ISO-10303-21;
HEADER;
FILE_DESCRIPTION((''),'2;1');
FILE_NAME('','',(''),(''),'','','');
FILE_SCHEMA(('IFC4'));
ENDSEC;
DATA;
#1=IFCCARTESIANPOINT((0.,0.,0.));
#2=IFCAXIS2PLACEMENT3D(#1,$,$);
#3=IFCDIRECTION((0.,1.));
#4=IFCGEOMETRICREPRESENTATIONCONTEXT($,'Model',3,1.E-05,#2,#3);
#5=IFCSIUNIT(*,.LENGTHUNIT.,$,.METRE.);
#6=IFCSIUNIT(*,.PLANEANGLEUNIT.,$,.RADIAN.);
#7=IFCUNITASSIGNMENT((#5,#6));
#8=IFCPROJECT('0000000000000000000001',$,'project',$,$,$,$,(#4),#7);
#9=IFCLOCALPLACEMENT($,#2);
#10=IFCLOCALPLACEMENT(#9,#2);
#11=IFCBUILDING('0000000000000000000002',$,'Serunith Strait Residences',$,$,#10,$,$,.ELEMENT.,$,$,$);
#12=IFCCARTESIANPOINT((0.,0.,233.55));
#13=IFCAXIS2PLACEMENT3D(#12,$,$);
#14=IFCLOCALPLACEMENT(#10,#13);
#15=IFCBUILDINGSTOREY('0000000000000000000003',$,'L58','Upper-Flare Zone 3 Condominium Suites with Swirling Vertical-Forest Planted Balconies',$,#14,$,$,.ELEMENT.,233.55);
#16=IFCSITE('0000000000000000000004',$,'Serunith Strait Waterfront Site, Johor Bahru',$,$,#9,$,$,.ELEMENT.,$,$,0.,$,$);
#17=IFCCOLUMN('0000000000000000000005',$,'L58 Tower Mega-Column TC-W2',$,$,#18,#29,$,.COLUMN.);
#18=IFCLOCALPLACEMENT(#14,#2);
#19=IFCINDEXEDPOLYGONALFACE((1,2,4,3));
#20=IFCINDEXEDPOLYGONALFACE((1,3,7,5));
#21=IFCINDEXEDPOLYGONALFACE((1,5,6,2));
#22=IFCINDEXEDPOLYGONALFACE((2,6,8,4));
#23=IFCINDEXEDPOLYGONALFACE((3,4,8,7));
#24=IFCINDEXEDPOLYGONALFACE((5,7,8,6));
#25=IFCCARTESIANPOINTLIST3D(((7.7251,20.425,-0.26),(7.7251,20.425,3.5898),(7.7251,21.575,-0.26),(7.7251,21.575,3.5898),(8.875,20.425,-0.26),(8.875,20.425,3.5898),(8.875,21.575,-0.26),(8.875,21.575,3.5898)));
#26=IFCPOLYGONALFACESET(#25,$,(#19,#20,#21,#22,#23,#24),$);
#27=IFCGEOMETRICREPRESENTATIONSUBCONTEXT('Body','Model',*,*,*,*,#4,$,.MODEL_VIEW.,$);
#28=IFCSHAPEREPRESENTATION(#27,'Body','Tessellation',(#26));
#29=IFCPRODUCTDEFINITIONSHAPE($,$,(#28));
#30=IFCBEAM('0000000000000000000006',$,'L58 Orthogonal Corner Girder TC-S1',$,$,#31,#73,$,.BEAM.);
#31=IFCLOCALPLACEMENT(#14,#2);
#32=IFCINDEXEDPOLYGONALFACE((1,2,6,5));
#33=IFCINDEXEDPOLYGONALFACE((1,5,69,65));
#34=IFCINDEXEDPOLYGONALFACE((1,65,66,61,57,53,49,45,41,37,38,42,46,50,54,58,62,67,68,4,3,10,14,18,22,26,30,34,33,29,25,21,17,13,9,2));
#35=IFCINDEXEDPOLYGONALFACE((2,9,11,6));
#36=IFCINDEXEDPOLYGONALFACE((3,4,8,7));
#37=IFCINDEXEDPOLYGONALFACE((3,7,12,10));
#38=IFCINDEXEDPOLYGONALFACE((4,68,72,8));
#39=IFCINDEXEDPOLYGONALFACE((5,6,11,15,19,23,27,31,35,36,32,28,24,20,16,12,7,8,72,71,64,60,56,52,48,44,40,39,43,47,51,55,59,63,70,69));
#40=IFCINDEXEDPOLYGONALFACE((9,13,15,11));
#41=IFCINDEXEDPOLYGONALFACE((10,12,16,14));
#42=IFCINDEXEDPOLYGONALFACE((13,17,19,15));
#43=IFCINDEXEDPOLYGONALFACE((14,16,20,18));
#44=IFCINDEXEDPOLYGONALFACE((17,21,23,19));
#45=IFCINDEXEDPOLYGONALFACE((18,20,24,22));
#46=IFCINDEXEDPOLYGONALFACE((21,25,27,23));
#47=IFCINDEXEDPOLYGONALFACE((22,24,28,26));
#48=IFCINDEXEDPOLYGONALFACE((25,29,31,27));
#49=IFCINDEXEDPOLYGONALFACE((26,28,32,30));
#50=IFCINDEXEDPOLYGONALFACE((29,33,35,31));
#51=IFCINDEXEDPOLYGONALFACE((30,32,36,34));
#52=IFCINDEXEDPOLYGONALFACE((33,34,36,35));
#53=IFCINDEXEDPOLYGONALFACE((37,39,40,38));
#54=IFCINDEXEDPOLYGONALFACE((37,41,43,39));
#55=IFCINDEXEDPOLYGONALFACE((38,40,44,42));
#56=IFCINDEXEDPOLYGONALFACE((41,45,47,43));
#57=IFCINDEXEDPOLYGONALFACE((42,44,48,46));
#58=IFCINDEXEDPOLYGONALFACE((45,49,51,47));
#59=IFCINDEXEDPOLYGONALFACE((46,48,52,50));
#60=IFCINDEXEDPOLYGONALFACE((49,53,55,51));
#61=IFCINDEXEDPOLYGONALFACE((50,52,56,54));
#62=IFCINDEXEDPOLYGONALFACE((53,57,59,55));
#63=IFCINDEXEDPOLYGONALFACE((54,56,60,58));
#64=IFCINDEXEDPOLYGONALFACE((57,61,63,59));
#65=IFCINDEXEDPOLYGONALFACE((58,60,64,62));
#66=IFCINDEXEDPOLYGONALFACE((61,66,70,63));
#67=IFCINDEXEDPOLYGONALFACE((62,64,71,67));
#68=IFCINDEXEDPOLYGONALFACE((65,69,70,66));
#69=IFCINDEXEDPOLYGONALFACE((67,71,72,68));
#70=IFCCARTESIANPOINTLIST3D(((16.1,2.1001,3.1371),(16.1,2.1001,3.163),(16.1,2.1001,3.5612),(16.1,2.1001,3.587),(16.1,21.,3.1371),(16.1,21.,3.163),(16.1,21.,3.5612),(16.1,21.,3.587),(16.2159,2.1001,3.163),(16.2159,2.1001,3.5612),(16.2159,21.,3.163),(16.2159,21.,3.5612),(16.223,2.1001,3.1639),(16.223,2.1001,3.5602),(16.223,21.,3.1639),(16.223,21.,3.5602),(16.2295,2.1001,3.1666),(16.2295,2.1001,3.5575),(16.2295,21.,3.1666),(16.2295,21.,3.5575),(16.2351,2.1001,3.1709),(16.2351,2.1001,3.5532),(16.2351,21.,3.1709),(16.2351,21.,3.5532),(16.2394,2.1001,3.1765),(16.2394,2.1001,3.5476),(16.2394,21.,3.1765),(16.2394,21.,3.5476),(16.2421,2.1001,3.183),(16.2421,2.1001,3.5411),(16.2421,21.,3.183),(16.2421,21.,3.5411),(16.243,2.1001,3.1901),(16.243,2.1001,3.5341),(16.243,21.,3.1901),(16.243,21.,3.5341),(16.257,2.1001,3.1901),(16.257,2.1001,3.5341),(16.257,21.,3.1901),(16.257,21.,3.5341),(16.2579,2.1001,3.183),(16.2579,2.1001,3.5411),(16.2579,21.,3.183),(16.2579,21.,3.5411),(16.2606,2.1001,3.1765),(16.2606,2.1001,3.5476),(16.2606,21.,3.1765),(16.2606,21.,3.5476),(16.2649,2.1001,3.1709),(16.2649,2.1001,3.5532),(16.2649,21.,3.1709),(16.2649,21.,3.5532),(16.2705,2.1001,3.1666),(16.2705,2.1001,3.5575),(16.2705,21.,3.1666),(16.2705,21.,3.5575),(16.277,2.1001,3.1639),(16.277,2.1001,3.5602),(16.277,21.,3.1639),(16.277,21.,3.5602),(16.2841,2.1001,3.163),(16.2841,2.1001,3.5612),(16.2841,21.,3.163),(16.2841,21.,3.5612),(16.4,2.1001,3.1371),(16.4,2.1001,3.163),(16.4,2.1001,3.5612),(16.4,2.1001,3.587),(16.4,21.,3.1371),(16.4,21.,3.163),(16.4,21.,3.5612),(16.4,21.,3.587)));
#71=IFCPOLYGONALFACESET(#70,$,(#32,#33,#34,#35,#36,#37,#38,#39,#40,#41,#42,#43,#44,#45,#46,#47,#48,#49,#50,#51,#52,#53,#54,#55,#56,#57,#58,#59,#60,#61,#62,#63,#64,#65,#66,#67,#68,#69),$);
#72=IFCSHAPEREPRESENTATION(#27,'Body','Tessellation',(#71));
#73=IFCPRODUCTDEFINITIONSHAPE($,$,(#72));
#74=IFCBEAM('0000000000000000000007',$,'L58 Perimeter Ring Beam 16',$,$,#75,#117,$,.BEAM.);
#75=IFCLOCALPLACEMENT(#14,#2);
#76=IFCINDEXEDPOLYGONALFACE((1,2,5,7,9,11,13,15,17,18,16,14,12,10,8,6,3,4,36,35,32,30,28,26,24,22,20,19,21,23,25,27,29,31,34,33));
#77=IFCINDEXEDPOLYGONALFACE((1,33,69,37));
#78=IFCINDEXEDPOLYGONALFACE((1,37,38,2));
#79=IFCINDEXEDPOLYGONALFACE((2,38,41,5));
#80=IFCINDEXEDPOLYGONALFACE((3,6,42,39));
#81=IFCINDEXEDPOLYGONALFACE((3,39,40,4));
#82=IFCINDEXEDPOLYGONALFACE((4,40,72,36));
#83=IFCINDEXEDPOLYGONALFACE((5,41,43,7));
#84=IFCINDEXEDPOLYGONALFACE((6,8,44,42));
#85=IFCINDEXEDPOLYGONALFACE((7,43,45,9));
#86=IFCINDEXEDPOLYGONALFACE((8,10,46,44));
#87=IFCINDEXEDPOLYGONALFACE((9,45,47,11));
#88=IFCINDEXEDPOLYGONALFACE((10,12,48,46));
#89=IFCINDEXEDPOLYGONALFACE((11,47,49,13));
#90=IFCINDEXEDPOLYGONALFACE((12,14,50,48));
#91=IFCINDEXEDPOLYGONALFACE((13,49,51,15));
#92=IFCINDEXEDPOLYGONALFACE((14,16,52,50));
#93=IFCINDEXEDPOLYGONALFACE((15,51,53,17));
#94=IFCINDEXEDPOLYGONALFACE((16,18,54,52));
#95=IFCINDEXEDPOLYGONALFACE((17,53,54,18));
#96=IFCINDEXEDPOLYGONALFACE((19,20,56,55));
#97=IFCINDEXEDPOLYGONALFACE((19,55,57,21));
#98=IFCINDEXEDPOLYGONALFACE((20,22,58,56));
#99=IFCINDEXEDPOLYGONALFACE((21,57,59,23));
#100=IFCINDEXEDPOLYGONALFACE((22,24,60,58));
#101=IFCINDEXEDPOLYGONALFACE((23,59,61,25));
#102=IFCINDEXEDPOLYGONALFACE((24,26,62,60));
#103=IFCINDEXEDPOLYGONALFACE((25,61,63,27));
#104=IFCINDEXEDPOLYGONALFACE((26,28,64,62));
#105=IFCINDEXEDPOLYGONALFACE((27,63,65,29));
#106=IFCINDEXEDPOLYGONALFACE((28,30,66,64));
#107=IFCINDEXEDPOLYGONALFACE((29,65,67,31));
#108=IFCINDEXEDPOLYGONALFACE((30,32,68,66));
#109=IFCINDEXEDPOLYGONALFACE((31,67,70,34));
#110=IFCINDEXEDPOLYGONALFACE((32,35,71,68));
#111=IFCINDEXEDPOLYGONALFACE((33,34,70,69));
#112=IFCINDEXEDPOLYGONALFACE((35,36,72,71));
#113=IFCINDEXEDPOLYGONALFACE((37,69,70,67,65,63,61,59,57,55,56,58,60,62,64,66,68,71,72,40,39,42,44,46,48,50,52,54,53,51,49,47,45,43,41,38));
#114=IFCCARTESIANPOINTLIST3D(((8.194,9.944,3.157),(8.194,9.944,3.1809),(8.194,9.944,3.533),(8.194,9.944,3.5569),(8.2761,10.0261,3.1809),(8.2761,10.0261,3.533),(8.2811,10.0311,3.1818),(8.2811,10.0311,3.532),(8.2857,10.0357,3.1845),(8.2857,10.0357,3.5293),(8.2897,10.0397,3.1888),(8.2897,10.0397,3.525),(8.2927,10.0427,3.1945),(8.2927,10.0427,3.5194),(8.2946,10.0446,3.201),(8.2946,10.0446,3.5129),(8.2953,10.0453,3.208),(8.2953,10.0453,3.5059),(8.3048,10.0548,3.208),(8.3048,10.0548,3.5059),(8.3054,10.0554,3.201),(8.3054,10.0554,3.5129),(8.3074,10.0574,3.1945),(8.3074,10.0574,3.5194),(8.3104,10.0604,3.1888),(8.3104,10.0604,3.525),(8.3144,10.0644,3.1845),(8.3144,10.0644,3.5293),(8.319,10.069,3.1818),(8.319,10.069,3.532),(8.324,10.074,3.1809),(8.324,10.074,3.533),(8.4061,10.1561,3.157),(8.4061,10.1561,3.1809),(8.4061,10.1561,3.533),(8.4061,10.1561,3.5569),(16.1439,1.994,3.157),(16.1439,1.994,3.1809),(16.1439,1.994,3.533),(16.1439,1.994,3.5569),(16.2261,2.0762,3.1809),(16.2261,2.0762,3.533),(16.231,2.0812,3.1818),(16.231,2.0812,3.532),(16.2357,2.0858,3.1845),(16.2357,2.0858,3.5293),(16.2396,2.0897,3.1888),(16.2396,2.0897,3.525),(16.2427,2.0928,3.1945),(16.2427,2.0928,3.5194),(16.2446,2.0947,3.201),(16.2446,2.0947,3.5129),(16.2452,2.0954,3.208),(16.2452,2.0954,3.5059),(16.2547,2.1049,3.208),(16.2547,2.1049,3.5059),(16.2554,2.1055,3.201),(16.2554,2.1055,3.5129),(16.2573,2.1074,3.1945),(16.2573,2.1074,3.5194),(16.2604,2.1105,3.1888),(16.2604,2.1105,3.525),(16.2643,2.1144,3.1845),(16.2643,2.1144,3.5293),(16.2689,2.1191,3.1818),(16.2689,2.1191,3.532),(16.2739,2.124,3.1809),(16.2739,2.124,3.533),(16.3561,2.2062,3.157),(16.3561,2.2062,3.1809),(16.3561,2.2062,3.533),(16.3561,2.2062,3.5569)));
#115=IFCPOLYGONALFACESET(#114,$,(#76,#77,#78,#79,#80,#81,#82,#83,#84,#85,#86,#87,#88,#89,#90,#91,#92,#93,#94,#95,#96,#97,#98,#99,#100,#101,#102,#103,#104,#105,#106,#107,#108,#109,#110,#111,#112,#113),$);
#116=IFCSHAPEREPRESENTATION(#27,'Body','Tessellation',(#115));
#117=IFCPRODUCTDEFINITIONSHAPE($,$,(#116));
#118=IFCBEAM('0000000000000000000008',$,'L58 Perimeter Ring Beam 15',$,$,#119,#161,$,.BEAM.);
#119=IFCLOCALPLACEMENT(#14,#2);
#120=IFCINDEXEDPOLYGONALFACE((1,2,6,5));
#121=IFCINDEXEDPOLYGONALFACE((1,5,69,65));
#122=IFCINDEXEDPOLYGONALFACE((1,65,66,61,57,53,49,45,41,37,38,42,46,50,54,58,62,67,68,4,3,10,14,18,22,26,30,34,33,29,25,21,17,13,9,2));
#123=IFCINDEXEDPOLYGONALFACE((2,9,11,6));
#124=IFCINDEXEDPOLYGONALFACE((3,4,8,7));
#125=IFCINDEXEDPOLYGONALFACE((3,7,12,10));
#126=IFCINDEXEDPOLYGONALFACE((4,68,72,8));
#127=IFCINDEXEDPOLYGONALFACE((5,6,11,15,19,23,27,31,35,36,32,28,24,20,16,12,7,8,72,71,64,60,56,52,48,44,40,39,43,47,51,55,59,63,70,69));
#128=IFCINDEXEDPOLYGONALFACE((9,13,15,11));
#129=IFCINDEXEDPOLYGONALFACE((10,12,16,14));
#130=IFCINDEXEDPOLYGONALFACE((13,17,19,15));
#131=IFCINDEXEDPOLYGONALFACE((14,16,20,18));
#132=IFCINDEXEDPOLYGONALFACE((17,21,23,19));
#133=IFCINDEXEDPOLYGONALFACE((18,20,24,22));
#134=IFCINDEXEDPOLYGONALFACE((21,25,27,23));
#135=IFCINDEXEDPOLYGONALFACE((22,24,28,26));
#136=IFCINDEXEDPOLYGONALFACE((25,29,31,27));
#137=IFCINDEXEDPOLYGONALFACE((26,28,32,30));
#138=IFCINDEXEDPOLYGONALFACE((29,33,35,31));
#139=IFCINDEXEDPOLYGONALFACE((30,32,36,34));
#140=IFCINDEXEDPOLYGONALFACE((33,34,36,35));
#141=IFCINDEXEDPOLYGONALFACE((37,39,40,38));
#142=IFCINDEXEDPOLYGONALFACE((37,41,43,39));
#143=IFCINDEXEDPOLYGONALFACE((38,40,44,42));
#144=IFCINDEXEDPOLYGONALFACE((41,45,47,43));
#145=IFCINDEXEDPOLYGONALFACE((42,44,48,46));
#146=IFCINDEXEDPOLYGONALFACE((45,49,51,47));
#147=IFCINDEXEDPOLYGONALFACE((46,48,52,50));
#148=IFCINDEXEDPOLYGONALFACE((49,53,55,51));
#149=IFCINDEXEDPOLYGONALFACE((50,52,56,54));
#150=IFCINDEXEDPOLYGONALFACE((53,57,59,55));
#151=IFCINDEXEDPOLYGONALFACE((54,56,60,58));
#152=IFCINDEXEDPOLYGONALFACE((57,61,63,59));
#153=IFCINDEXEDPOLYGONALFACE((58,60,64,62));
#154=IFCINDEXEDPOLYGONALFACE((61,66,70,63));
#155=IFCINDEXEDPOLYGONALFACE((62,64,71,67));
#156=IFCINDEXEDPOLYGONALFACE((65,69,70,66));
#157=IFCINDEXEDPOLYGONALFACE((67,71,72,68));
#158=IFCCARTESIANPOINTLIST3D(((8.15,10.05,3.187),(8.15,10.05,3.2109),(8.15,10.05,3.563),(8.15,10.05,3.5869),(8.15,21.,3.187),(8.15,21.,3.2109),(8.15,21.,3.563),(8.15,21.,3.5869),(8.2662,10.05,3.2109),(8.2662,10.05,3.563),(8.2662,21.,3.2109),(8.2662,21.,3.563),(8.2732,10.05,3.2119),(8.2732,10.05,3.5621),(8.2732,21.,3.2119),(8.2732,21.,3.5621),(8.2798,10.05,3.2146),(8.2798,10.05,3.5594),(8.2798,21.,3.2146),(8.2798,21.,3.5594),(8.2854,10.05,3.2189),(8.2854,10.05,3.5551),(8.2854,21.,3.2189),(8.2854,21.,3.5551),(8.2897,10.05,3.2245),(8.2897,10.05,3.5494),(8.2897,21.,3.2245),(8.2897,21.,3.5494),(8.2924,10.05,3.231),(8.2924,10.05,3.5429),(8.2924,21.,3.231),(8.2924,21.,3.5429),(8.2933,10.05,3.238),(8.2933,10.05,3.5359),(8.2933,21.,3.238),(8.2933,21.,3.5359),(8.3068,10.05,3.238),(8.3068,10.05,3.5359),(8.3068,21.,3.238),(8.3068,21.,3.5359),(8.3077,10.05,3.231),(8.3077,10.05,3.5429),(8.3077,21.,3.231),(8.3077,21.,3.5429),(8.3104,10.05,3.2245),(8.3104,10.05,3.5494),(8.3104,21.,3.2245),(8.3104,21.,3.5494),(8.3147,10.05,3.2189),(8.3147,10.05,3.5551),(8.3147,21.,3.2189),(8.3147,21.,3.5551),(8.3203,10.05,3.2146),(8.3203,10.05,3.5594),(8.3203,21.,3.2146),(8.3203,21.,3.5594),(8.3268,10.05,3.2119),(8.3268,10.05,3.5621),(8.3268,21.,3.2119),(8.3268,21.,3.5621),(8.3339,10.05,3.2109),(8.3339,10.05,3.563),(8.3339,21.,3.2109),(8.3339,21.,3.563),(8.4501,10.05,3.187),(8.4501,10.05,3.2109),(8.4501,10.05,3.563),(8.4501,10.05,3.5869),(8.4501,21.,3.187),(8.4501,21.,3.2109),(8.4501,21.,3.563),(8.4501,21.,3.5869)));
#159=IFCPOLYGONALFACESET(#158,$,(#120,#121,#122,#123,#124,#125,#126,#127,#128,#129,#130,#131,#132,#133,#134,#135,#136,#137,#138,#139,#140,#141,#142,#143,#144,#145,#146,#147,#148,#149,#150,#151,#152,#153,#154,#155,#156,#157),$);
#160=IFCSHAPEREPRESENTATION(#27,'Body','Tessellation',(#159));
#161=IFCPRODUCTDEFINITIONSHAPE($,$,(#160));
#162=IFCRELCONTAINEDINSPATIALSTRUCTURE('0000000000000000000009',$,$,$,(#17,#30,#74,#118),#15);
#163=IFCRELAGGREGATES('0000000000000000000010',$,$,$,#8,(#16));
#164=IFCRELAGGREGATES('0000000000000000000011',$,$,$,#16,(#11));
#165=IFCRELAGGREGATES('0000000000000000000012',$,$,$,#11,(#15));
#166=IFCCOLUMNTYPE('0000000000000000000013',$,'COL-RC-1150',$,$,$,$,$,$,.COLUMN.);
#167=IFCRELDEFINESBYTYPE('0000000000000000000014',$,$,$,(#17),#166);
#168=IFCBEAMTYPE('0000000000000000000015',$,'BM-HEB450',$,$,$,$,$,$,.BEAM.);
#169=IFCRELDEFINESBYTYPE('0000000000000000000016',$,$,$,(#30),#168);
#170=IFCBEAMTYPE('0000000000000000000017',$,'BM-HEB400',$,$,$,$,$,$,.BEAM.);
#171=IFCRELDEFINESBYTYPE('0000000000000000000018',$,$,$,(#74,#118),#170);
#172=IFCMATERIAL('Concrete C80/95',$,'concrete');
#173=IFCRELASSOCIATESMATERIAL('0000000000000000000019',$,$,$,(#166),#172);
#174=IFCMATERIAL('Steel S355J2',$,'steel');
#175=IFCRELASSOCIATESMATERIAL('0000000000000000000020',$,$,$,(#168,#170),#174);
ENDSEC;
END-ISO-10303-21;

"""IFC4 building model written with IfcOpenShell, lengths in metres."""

from ifc_helpers import new_model, si_unit, direction, frame, origin, origin_2d, place, context, subcontext, project, spatial, rectangle, i_section, extrude, source, transform, mapped, material, material_profile, profile_set, type_object, element, save


model = new_model("IFC4")

# Units and contexts
model_context = context("Model", 3, precision=1e-05, world=origin(), true_north=direction((0.0, 1.0)))
body_context = subcontext(model_context, "Body", "Model", "MODEL_VIEW")
ifc_project = project(units=[si_unit("LENGTHUNIT", "METRE"), si_unit("PLANEANGLEUNIT", "RADIAN")], contexts=[model_context])

# Site, building, storey
site_placement = place(None, origin())
site = spatial("IfcSite", under=ifc_project, at=site_placement, Name="Serunith Strait Waterfront Site, Johor Bahru", CompositionType="ELEMENT", RefElevation=0.0)
building_placement = place(site_placement, origin())
building = spatial("IfcBuilding", under=site, at=building_placement, Name="Serunith Strait Residences", CompositionType="ELEMENT")
storey_placement = place(building_placement, frame((0.0, 0.0, 233.55)))
storey = spatial("IfcBuildingStorey", under=building, at=storey_placement, Name="L58", Description="Upper-Flare Zone 3 Condominium Suites with Swirling Vertical-Forest Planted Balconies", CompositionType="ELEMENT", Elevation=233.55)

# Column
ifc_material_1 = material(Name="Concrete C80/95", Category="concrete")
ifc_material_profile_1 = material_profile(ifc_material_1, rectangle(XDim=1.1499, YDim=1.1499, at=origin_2d()), Name="RC 1150x1150")
ifc_profile_set_1 = profile_set([ifc_material_profile_1], Name="Concrete C80/95")
column_type = type_object("IfcColumnType", Name="COL-RC-1150", PredefinedType="COLUMN", material=ifc_profile_set_1)
shared_shape_1 = source(origin(), body_context, "Body", "SweptSolid", [
    extrude(rectangle(XDim=1.1499, YDim=1.1499, at=origin_2d()), origin(), (0.0, 0.0, 1.0), 3.8499),
])
column_placement = place(storey_placement, frame((8.3, 21.0, -0.26), z_axis=(0.0, 0.0, 1.0), x_axis=(1.0, 0.0, 0.0)))
element("IfcColumn", 1, at=column_placement, inside=storey, type_object=column_type, Name="L58 Tower Mega-Column TC-W2", PredefinedType="COLUMN", context=body_context, shape_type="MappedRepresentation", body=[
    mapped(shared_shape_1, transform((0.0, 0.0, 0.0), scale=1.0)),
])

# Beams
ifc_material_2 = material(Name="Steel S355J2", Category="steel")
ifc_material_profile_2 = material_profile(ifc_material_2, i_section(OverallWidth=0.3, OverallDepth=0.45, WebThickness=0.0139, FlangeThickness=0.0259, FilletRadius=0.0271, at=origin_2d()), Name="HEB 450")
ifc_profile_set_2 = profile_set([ifc_material_profile_2], Name="Steel S355J2")
beam_type_1 = type_object("IfcBeamType", Name="BM-HEB450", PredefinedType="BEAM", material=ifc_profile_set_2)
shared_shape_2 = source(origin(), body_context, "Body", "SweptSolid", [
    extrude(i_section(OverallWidth=0.3, OverallDepth=0.45, WebThickness=0.0139, FlangeThickness=0.0259, FilletRadius=0.0271, at=origin_2d()), origin(), (0.0, 0.0, 1.0), 18.8999),
])
beam_1_placement = place(storey_placement, frame((16.25, 21.0, 3.3621), z_axis=(0.0, -1.0, 0.0), x_axis=(1.0, 0.0, 0.0)))
element("IfcBeam", 2, at=beam_1_placement, inside=storey, type_object=beam_type_1, Name="L58 Orthogonal Corner Girder TC-S1", PredefinedType="BEAM", context=body_context, shape_type="MappedRepresentation", body=[
    mapped(shared_shape_2, transform((0.0, 0.0, 0.0), scale=1.0)),
])
ifc_material_profile_3 = material_profile(ifc_material_2, i_section(OverallWidth=0.3, OverallDepth=0.3999, WebThickness=0.0134, FlangeThickness=0.0239, FilletRadius=0.0271, at=origin_2d()), Name="HEB 400")
ifc_profile_set_3 = profile_set([ifc_material_profile_3], Name="Steel S355J2")
beam_type_2 = type_object("IfcBeamType", Name="BM-HEB400", PredefinedType="BEAM", material=ifc_profile_set_3)
shared_shape_3 = source(origin(), body_context, "Body", "SweptSolid", [
    extrude(i_section(OverallWidth=0.3, OverallDepth=0.3999, WebThickness=0.0134, FlangeThickness=0.0239, FilletRadius=0.0271, at=origin_2d()), origin(), (0.0, 0.0, 1.0), 11.2429),
])
beam_2_placement = place(storey_placement, frame((8.3, 10.05, 3.3569), z_axis=(0.707107, -0.707107, 0.0), x_axis=(0.707107, 0.707107, 0.0)))
element("IfcBeam", 3, at=beam_2_placement, inside=storey, type_object=beam_type_2, Name="L58 Perimeter Ring Beam 16", PredefinedType="BEAM", context=body_context, shape_type="MappedRepresentation", body=[
    mapped(shared_shape_3, transform((0.0, 0.0, 0.0), scale=1.0)),
])
shared_shape_4 = source(origin(), body_context, "Body", "SweptSolid", [
    extrude(i_section(OverallWidth=0.3, OverallDepth=0.3999, WebThickness=0.0134, FlangeThickness=0.0239, FilletRadius=0.0271, at=origin_2d()), origin(), (0.0, 0.0, 1.0), 10.95),
])
beam_3_placement = place(storey_placement, frame((8.3, 21.0, 3.387), z_axis=(0.0, -1.0, 0.0), x_axis=(1.0, 0.0, 0.0)))
element("IfcBeam", 4, at=beam_3_placement, inside=storey, type_object=beam_type_2, Name="L58 Perimeter Ring Beam 15", PredefinedType="BEAM", context=body_context, shape_type="MappedRepresentation", body=[
    mapped(shared_shape_4, transform((0.0, 0.0, 0.0), scale=1.0)),
])

save(model, "model.ifc")
